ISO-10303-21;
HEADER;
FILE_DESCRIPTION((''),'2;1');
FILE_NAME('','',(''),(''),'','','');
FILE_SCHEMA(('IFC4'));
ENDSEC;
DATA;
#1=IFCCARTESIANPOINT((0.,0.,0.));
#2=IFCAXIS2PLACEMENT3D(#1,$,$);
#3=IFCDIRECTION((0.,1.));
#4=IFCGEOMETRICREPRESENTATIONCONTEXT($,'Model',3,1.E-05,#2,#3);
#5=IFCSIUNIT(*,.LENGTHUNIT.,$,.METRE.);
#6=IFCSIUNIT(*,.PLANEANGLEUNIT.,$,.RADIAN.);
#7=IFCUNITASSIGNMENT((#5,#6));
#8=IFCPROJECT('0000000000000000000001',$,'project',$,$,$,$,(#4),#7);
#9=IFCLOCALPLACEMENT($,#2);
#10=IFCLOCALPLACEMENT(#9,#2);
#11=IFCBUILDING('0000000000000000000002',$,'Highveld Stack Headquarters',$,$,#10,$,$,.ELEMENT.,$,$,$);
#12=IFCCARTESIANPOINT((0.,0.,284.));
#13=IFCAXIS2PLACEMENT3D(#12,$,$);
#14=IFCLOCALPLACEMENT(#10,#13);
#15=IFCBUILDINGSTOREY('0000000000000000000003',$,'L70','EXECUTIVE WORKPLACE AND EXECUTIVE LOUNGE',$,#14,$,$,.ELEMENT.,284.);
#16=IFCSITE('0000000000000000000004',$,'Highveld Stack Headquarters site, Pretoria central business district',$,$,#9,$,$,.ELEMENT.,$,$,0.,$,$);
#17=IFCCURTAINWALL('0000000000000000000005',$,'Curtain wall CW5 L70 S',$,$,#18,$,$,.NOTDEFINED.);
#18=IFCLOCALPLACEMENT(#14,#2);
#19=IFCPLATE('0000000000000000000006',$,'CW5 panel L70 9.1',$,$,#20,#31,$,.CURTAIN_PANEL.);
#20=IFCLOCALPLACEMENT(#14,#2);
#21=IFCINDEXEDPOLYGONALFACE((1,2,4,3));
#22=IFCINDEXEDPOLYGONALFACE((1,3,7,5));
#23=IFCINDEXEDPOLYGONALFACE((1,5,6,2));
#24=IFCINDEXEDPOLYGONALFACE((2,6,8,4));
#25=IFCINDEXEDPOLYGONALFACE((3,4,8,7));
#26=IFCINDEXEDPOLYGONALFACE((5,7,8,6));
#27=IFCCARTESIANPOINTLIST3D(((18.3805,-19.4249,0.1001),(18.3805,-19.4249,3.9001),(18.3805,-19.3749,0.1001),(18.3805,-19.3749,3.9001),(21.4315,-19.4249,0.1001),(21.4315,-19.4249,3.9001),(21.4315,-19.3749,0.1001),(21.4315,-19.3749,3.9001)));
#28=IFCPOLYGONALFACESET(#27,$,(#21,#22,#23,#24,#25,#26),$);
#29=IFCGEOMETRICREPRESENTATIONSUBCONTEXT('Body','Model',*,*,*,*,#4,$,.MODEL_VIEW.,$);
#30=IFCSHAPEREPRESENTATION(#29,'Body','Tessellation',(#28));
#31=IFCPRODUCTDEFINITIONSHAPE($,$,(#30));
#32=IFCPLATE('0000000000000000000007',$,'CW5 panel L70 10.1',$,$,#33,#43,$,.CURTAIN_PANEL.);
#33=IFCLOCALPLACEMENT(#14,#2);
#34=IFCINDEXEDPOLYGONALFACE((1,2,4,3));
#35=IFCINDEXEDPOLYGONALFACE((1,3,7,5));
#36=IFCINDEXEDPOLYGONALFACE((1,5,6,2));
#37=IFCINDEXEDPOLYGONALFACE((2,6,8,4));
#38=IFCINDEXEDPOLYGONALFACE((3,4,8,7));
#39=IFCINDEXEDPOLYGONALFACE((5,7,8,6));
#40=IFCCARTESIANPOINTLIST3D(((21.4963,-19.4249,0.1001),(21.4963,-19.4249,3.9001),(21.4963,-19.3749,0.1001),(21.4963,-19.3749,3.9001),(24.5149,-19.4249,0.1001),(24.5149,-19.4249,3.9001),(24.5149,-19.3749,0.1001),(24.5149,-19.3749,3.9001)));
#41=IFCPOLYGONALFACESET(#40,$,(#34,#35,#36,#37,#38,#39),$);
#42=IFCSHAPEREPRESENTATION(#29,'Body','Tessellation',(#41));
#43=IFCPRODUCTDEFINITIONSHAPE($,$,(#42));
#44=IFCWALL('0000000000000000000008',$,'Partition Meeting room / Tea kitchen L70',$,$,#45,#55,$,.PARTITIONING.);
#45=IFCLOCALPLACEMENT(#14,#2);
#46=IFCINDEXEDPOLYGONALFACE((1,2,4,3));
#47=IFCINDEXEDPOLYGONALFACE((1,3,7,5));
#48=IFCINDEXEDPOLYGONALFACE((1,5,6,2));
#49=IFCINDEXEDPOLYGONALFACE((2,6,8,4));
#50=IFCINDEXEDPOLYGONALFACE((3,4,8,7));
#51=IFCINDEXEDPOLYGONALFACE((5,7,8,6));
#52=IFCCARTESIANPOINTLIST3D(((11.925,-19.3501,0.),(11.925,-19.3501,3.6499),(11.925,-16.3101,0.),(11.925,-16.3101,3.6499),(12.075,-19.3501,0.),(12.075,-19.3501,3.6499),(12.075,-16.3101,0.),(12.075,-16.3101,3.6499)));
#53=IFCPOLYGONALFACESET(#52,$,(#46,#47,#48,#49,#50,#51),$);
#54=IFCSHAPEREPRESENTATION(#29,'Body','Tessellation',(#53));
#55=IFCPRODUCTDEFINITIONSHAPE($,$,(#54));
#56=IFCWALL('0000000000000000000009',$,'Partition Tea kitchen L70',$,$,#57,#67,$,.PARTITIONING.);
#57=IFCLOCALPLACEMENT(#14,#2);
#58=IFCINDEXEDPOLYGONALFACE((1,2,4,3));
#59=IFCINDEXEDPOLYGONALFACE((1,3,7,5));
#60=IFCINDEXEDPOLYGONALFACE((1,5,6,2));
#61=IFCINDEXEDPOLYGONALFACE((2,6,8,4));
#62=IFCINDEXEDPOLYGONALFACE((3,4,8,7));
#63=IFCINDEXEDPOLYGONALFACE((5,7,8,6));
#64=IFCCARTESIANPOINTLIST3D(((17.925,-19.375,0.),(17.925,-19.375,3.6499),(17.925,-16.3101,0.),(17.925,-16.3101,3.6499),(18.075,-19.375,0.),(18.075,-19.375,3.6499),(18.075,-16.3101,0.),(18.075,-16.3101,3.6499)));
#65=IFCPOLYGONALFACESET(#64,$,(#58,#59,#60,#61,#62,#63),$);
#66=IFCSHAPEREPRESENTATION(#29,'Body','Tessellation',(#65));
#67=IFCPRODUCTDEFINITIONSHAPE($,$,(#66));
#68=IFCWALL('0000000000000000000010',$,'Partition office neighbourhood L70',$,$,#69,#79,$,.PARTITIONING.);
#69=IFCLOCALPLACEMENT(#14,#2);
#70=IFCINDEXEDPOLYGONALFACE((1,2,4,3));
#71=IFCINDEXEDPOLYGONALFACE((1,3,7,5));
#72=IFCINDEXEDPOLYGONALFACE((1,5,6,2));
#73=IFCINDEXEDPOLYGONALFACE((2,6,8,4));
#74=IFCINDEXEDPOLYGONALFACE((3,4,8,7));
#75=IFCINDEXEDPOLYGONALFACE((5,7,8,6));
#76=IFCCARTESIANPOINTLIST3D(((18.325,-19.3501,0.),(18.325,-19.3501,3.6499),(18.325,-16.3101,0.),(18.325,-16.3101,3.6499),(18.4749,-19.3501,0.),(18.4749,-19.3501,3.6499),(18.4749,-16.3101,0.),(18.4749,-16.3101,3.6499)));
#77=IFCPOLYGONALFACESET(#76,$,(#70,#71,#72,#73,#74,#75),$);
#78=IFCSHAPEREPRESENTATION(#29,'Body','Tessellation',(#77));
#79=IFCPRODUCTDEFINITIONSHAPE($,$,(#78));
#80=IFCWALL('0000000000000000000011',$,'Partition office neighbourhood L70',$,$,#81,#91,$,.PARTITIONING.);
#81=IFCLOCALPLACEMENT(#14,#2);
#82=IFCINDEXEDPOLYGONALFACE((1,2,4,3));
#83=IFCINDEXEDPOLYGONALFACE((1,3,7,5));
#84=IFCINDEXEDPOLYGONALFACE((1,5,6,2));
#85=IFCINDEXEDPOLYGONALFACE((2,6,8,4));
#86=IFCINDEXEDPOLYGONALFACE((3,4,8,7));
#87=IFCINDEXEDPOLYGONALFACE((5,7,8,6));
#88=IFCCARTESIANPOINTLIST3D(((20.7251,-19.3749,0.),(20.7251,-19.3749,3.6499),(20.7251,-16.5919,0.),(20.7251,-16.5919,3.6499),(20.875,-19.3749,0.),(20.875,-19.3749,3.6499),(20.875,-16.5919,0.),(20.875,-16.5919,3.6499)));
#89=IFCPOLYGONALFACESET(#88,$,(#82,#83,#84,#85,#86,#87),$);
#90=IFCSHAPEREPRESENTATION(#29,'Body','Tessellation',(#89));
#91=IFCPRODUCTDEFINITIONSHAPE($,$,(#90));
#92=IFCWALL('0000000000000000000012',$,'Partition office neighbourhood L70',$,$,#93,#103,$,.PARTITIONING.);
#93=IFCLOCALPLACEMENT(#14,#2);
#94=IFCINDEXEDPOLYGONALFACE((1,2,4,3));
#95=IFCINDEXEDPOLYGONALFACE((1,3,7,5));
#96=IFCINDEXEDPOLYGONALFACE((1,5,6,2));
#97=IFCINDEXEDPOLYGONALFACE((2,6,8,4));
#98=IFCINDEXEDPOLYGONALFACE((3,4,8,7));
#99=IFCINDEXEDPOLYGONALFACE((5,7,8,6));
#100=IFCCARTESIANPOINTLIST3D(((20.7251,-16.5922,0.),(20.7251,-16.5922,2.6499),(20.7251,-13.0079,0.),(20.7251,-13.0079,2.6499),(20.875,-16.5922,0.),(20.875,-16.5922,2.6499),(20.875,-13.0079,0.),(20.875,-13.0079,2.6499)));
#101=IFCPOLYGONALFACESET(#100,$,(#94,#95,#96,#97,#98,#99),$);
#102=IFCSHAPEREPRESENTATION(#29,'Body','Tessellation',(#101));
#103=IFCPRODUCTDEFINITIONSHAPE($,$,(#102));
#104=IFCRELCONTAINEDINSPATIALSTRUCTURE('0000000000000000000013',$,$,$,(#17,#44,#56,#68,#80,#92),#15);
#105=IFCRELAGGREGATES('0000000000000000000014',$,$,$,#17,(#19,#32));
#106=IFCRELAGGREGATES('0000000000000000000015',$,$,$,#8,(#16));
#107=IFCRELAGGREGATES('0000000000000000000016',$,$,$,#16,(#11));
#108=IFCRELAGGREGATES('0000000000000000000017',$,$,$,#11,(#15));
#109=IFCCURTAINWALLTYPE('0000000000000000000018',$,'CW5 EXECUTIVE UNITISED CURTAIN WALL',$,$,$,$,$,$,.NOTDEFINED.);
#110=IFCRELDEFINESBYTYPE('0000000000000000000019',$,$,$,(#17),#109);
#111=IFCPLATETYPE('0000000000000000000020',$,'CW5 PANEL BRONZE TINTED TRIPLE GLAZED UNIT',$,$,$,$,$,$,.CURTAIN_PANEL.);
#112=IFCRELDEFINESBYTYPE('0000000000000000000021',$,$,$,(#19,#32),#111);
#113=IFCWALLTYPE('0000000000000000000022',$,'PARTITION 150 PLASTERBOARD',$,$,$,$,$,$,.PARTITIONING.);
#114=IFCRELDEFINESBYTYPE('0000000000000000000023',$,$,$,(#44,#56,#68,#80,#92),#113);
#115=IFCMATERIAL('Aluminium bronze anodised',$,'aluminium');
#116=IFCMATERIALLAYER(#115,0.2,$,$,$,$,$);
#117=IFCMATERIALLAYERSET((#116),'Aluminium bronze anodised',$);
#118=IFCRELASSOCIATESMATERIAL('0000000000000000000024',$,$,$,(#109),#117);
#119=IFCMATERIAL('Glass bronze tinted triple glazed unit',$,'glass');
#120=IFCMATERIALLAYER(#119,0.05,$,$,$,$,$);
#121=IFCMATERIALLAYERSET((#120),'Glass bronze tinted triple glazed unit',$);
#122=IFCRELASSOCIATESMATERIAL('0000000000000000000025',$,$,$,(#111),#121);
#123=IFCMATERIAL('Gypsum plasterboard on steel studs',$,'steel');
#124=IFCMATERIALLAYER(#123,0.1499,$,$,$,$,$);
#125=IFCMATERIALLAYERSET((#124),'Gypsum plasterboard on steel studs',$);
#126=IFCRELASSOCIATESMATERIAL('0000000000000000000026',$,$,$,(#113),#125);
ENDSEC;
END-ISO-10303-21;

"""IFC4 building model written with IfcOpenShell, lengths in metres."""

from ifc_helpers import new_model, si_unit, direction, frame, frame_2d, origin, origin_2d, place, context, subcontext, project, spatial, rectangle, extrude, material, layer, layer_set, type_object, element, aggregate, save


model = new_model("IFC4")

# Units and contexts
model_context = context("Model", 3, precision=1e-05, world=origin(), true_north=direction((0.0, 1.0)))
body_context = subcontext(model_context, "Body", "Model", "MODEL_VIEW")
ifc_project = project(units=[si_unit("LENGTHUNIT", "METRE"), si_unit("PLANEANGLEUNIT", "RADIAN")], contexts=[model_context])

# Site, building, storey
site_placement = place(None, origin())
site = spatial("IfcSite", under=ifc_project, at=site_placement, Name="Highveld Stack Headquarters site, Pretoria central business district", CompositionType="ELEMENT", RefElevation=0.0)
building_placement = place(site_placement, origin())
building = spatial("IfcBuilding", under=site, at=building_placement, Name="Highveld Stack Headquarters", CompositionType="ELEMENT")
storey_placement = place(building_placement, frame((0.0, 0.0, 284.0)))
storey = spatial("IfcBuildingStorey", under=building, at=storey_placement, Name="L70", Description="EXECUTIVE WORKPLACE AND EXECUTIVE LOUNGE", CompositionType="ELEMENT", Elevation=284.0)

# Curtain wall, plates
ifc_material_1 = material(Name="Aluminium bronze anodised", Category="aluminium")
ifc_layer_1 = layer(ifc_material_1, 0.2)
ifc_layer_set_1 = layer_set([ifc_layer_1], Name="Aluminium bronze anodised")
curtain_wall_type = type_object("IfcCurtainWallType", Name="CW5 EXECUTIVE UNITISED CURTAIN WALL", PredefinedType="NOTDEFINED", material=ifc_layer_set_1)
curtain_wall_placement = place(storey_placement, origin())
curtain_wall = element("IfcCurtainWall", 1, at=curtain_wall_placement, inside=storey, type_object=curtain_wall_type, Name="Curtain wall CW5 L70 S", PredefinedType="NOTDEFINED")
ifc_material_2 = material(Name="Glass bronze tinted triple glazed unit", Category="glass")
ifc_layer_2 = layer(ifc_material_2, 0.05)
ifc_layer_set_2 = layer_set([ifc_layer_2], Name="Glass bronze tinted triple glazed unit")
plate_type = type_object("IfcPlateType", Name="CW5 PANEL BRONZE TINTED TRIPLE GLAZED UNIT", PredefinedType="CURTAIN_PANEL", material=ifc_layer_set_2)
plate_1_placement = place(storey_placement, frame((19.906, -19.3999, 0.1001), z_axis=(0.0, 0.0, 1.0), x_axis=(1.0, 0.0, 0.0)))
plate_1 = element("IfcPlate", 2, at=plate_1_placement, type_object=plate_type, Name="CW5 panel L70 9.1", PredefinedType="CURTAIN_PANEL", context=body_context, shape_type="SweptSolid", body=[
    extrude(rectangle(XDim=3.051, YDim=0.05, at=origin_2d()), origin(), (0.0, 0.0, 1.0), 3.8),
])
plate_2_placement = place(storey_placement, frame((23.0056, -19.3999, 0.1001), z_axis=(0.0, 0.0, 1.0), x_axis=(1.0, 0.0, 0.0)))
plate_2 = element("IfcPlate", 3, at=plate_2_placement, type_object=plate_type, Name="CW5 panel L70 10.1", PredefinedType="CURTAIN_PANEL", context=body_context, shape_type="SweptSolid", body=[
    extrude(rectangle(XDim=3.0186, YDim=0.05, at=origin_2d()), origin(), (0.0, 0.0, 1.0), 3.8),
])
aggregate(curtain_wall, [plate_1, plate_2])

# Walls
ifc_material_3 = material(Name="Gypsum plasterboard on steel studs", Category="steel")
ifc_layer_3 = layer(ifc_material_3, 0.1499)
ifc_layer_set_3 = layer_set([ifc_layer_3], Name="Gypsum plasterboard on steel studs")
wall_type = type_object("IfcWallType", Name="PARTITION 150 PLASTERBOARD", PredefinedType="PARTITIONING", material=ifc_layer_set_3)
wall_1_placement = place(storey_placement, frame((12.0, -19.3501, 0.0), z_axis=(0.0, 0.0, 1.0), x_axis=(0.0, 1.0, 0.0)))
element("IfcWall", 4, at=wall_1_placement, inside=storey, type_object=wall_type, Name="Partition Meeting room / Tea kitchen L70", PredefinedType="PARTITIONING", context=body_context, shape_type="SweptSolid", body=[
    extrude(rectangle(XDim=3.04, YDim=0.1499, at=frame_2d((1.52, 0.0))), origin(), (0.0, 0.0, 1.0), 3.6499),
])
wall_2_placement = place(storey_placement, frame((18.0, -19.375, 0.0), z_axis=(0.0, 0.0, 1.0), x_axis=(0.0, 1.0, 0.0)))
element("IfcWall", 5, at=wall_2_placement, inside=storey, type_object=wall_type, Name="Partition Tea kitchen L70", PredefinedType="PARTITIONING", context=body_context, shape_type="SweptSolid", body=[
    extrude(rectangle(XDim=3.0649, YDim=0.1499, at=frame_2d((1.5325, 0.0))), origin(), (0.0, 0.0, 1.0), 3.6499),
])
wall_3_placement = place(storey_placement, frame((18.3999, -19.3501, 0.0), z_axis=(0.0, 0.0, 1.0), x_axis=(0.0, 1.0, 0.0)))
element("IfcWall", 6, at=wall_3_placement, inside=storey, type_object=wall_type, Name="Partition office neighbourhood L70", PredefinedType="PARTITIONING", context=body_context, shape_type="SweptSolid", body=[
    extrude(rectangle(XDim=3.04, YDim=0.1499, at=frame_2d((1.52, 0.0))), origin(), (0.0, 0.0, 1.0), 3.6499),
])
wall_4_placement = place(storey_placement, frame((20.8, -19.375, 0.0), z_axis=(0.0, 0.0, 1.0), x_axis=(0.0, 1.0, 0.0)))
element("IfcWall", 7, at=wall_4_placement, inside=storey, type_object=wall_type, Name="Partition office neighbourhood L70", PredefinedType="PARTITIONING", context=body_context, shape_type="SweptSolid", body=[
    extrude(rectangle(XDim=2.783, YDim=0.1499, at=frame_2d((1.3916, 0.0))), origin(), (0.0, 0.0, 1.0), 3.6499),
])
wall_5_placement = place(storey_placement, frame((20.8, -16.592, 0.0), z_axis=(0.0, 0.0, 1.0), x_axis=(0.0, 1.0, 0.0)))
element("IfcWall", 8, at=wall_5_placement, inside=storey, type_object=wall_type, Name="Partition office neighbourhood L70", PredefinedType="PARTITIONING", context=body_context, shape_type="SweptSolid", body=[
    extrude(rectangle(XDim=3.5842, YDim=0.1499, at=frame_2d((1.792, 0.0))), origin(), (0.0, 0.0, 1.0), 2.6499),
])

save(model, "model.ifc")
